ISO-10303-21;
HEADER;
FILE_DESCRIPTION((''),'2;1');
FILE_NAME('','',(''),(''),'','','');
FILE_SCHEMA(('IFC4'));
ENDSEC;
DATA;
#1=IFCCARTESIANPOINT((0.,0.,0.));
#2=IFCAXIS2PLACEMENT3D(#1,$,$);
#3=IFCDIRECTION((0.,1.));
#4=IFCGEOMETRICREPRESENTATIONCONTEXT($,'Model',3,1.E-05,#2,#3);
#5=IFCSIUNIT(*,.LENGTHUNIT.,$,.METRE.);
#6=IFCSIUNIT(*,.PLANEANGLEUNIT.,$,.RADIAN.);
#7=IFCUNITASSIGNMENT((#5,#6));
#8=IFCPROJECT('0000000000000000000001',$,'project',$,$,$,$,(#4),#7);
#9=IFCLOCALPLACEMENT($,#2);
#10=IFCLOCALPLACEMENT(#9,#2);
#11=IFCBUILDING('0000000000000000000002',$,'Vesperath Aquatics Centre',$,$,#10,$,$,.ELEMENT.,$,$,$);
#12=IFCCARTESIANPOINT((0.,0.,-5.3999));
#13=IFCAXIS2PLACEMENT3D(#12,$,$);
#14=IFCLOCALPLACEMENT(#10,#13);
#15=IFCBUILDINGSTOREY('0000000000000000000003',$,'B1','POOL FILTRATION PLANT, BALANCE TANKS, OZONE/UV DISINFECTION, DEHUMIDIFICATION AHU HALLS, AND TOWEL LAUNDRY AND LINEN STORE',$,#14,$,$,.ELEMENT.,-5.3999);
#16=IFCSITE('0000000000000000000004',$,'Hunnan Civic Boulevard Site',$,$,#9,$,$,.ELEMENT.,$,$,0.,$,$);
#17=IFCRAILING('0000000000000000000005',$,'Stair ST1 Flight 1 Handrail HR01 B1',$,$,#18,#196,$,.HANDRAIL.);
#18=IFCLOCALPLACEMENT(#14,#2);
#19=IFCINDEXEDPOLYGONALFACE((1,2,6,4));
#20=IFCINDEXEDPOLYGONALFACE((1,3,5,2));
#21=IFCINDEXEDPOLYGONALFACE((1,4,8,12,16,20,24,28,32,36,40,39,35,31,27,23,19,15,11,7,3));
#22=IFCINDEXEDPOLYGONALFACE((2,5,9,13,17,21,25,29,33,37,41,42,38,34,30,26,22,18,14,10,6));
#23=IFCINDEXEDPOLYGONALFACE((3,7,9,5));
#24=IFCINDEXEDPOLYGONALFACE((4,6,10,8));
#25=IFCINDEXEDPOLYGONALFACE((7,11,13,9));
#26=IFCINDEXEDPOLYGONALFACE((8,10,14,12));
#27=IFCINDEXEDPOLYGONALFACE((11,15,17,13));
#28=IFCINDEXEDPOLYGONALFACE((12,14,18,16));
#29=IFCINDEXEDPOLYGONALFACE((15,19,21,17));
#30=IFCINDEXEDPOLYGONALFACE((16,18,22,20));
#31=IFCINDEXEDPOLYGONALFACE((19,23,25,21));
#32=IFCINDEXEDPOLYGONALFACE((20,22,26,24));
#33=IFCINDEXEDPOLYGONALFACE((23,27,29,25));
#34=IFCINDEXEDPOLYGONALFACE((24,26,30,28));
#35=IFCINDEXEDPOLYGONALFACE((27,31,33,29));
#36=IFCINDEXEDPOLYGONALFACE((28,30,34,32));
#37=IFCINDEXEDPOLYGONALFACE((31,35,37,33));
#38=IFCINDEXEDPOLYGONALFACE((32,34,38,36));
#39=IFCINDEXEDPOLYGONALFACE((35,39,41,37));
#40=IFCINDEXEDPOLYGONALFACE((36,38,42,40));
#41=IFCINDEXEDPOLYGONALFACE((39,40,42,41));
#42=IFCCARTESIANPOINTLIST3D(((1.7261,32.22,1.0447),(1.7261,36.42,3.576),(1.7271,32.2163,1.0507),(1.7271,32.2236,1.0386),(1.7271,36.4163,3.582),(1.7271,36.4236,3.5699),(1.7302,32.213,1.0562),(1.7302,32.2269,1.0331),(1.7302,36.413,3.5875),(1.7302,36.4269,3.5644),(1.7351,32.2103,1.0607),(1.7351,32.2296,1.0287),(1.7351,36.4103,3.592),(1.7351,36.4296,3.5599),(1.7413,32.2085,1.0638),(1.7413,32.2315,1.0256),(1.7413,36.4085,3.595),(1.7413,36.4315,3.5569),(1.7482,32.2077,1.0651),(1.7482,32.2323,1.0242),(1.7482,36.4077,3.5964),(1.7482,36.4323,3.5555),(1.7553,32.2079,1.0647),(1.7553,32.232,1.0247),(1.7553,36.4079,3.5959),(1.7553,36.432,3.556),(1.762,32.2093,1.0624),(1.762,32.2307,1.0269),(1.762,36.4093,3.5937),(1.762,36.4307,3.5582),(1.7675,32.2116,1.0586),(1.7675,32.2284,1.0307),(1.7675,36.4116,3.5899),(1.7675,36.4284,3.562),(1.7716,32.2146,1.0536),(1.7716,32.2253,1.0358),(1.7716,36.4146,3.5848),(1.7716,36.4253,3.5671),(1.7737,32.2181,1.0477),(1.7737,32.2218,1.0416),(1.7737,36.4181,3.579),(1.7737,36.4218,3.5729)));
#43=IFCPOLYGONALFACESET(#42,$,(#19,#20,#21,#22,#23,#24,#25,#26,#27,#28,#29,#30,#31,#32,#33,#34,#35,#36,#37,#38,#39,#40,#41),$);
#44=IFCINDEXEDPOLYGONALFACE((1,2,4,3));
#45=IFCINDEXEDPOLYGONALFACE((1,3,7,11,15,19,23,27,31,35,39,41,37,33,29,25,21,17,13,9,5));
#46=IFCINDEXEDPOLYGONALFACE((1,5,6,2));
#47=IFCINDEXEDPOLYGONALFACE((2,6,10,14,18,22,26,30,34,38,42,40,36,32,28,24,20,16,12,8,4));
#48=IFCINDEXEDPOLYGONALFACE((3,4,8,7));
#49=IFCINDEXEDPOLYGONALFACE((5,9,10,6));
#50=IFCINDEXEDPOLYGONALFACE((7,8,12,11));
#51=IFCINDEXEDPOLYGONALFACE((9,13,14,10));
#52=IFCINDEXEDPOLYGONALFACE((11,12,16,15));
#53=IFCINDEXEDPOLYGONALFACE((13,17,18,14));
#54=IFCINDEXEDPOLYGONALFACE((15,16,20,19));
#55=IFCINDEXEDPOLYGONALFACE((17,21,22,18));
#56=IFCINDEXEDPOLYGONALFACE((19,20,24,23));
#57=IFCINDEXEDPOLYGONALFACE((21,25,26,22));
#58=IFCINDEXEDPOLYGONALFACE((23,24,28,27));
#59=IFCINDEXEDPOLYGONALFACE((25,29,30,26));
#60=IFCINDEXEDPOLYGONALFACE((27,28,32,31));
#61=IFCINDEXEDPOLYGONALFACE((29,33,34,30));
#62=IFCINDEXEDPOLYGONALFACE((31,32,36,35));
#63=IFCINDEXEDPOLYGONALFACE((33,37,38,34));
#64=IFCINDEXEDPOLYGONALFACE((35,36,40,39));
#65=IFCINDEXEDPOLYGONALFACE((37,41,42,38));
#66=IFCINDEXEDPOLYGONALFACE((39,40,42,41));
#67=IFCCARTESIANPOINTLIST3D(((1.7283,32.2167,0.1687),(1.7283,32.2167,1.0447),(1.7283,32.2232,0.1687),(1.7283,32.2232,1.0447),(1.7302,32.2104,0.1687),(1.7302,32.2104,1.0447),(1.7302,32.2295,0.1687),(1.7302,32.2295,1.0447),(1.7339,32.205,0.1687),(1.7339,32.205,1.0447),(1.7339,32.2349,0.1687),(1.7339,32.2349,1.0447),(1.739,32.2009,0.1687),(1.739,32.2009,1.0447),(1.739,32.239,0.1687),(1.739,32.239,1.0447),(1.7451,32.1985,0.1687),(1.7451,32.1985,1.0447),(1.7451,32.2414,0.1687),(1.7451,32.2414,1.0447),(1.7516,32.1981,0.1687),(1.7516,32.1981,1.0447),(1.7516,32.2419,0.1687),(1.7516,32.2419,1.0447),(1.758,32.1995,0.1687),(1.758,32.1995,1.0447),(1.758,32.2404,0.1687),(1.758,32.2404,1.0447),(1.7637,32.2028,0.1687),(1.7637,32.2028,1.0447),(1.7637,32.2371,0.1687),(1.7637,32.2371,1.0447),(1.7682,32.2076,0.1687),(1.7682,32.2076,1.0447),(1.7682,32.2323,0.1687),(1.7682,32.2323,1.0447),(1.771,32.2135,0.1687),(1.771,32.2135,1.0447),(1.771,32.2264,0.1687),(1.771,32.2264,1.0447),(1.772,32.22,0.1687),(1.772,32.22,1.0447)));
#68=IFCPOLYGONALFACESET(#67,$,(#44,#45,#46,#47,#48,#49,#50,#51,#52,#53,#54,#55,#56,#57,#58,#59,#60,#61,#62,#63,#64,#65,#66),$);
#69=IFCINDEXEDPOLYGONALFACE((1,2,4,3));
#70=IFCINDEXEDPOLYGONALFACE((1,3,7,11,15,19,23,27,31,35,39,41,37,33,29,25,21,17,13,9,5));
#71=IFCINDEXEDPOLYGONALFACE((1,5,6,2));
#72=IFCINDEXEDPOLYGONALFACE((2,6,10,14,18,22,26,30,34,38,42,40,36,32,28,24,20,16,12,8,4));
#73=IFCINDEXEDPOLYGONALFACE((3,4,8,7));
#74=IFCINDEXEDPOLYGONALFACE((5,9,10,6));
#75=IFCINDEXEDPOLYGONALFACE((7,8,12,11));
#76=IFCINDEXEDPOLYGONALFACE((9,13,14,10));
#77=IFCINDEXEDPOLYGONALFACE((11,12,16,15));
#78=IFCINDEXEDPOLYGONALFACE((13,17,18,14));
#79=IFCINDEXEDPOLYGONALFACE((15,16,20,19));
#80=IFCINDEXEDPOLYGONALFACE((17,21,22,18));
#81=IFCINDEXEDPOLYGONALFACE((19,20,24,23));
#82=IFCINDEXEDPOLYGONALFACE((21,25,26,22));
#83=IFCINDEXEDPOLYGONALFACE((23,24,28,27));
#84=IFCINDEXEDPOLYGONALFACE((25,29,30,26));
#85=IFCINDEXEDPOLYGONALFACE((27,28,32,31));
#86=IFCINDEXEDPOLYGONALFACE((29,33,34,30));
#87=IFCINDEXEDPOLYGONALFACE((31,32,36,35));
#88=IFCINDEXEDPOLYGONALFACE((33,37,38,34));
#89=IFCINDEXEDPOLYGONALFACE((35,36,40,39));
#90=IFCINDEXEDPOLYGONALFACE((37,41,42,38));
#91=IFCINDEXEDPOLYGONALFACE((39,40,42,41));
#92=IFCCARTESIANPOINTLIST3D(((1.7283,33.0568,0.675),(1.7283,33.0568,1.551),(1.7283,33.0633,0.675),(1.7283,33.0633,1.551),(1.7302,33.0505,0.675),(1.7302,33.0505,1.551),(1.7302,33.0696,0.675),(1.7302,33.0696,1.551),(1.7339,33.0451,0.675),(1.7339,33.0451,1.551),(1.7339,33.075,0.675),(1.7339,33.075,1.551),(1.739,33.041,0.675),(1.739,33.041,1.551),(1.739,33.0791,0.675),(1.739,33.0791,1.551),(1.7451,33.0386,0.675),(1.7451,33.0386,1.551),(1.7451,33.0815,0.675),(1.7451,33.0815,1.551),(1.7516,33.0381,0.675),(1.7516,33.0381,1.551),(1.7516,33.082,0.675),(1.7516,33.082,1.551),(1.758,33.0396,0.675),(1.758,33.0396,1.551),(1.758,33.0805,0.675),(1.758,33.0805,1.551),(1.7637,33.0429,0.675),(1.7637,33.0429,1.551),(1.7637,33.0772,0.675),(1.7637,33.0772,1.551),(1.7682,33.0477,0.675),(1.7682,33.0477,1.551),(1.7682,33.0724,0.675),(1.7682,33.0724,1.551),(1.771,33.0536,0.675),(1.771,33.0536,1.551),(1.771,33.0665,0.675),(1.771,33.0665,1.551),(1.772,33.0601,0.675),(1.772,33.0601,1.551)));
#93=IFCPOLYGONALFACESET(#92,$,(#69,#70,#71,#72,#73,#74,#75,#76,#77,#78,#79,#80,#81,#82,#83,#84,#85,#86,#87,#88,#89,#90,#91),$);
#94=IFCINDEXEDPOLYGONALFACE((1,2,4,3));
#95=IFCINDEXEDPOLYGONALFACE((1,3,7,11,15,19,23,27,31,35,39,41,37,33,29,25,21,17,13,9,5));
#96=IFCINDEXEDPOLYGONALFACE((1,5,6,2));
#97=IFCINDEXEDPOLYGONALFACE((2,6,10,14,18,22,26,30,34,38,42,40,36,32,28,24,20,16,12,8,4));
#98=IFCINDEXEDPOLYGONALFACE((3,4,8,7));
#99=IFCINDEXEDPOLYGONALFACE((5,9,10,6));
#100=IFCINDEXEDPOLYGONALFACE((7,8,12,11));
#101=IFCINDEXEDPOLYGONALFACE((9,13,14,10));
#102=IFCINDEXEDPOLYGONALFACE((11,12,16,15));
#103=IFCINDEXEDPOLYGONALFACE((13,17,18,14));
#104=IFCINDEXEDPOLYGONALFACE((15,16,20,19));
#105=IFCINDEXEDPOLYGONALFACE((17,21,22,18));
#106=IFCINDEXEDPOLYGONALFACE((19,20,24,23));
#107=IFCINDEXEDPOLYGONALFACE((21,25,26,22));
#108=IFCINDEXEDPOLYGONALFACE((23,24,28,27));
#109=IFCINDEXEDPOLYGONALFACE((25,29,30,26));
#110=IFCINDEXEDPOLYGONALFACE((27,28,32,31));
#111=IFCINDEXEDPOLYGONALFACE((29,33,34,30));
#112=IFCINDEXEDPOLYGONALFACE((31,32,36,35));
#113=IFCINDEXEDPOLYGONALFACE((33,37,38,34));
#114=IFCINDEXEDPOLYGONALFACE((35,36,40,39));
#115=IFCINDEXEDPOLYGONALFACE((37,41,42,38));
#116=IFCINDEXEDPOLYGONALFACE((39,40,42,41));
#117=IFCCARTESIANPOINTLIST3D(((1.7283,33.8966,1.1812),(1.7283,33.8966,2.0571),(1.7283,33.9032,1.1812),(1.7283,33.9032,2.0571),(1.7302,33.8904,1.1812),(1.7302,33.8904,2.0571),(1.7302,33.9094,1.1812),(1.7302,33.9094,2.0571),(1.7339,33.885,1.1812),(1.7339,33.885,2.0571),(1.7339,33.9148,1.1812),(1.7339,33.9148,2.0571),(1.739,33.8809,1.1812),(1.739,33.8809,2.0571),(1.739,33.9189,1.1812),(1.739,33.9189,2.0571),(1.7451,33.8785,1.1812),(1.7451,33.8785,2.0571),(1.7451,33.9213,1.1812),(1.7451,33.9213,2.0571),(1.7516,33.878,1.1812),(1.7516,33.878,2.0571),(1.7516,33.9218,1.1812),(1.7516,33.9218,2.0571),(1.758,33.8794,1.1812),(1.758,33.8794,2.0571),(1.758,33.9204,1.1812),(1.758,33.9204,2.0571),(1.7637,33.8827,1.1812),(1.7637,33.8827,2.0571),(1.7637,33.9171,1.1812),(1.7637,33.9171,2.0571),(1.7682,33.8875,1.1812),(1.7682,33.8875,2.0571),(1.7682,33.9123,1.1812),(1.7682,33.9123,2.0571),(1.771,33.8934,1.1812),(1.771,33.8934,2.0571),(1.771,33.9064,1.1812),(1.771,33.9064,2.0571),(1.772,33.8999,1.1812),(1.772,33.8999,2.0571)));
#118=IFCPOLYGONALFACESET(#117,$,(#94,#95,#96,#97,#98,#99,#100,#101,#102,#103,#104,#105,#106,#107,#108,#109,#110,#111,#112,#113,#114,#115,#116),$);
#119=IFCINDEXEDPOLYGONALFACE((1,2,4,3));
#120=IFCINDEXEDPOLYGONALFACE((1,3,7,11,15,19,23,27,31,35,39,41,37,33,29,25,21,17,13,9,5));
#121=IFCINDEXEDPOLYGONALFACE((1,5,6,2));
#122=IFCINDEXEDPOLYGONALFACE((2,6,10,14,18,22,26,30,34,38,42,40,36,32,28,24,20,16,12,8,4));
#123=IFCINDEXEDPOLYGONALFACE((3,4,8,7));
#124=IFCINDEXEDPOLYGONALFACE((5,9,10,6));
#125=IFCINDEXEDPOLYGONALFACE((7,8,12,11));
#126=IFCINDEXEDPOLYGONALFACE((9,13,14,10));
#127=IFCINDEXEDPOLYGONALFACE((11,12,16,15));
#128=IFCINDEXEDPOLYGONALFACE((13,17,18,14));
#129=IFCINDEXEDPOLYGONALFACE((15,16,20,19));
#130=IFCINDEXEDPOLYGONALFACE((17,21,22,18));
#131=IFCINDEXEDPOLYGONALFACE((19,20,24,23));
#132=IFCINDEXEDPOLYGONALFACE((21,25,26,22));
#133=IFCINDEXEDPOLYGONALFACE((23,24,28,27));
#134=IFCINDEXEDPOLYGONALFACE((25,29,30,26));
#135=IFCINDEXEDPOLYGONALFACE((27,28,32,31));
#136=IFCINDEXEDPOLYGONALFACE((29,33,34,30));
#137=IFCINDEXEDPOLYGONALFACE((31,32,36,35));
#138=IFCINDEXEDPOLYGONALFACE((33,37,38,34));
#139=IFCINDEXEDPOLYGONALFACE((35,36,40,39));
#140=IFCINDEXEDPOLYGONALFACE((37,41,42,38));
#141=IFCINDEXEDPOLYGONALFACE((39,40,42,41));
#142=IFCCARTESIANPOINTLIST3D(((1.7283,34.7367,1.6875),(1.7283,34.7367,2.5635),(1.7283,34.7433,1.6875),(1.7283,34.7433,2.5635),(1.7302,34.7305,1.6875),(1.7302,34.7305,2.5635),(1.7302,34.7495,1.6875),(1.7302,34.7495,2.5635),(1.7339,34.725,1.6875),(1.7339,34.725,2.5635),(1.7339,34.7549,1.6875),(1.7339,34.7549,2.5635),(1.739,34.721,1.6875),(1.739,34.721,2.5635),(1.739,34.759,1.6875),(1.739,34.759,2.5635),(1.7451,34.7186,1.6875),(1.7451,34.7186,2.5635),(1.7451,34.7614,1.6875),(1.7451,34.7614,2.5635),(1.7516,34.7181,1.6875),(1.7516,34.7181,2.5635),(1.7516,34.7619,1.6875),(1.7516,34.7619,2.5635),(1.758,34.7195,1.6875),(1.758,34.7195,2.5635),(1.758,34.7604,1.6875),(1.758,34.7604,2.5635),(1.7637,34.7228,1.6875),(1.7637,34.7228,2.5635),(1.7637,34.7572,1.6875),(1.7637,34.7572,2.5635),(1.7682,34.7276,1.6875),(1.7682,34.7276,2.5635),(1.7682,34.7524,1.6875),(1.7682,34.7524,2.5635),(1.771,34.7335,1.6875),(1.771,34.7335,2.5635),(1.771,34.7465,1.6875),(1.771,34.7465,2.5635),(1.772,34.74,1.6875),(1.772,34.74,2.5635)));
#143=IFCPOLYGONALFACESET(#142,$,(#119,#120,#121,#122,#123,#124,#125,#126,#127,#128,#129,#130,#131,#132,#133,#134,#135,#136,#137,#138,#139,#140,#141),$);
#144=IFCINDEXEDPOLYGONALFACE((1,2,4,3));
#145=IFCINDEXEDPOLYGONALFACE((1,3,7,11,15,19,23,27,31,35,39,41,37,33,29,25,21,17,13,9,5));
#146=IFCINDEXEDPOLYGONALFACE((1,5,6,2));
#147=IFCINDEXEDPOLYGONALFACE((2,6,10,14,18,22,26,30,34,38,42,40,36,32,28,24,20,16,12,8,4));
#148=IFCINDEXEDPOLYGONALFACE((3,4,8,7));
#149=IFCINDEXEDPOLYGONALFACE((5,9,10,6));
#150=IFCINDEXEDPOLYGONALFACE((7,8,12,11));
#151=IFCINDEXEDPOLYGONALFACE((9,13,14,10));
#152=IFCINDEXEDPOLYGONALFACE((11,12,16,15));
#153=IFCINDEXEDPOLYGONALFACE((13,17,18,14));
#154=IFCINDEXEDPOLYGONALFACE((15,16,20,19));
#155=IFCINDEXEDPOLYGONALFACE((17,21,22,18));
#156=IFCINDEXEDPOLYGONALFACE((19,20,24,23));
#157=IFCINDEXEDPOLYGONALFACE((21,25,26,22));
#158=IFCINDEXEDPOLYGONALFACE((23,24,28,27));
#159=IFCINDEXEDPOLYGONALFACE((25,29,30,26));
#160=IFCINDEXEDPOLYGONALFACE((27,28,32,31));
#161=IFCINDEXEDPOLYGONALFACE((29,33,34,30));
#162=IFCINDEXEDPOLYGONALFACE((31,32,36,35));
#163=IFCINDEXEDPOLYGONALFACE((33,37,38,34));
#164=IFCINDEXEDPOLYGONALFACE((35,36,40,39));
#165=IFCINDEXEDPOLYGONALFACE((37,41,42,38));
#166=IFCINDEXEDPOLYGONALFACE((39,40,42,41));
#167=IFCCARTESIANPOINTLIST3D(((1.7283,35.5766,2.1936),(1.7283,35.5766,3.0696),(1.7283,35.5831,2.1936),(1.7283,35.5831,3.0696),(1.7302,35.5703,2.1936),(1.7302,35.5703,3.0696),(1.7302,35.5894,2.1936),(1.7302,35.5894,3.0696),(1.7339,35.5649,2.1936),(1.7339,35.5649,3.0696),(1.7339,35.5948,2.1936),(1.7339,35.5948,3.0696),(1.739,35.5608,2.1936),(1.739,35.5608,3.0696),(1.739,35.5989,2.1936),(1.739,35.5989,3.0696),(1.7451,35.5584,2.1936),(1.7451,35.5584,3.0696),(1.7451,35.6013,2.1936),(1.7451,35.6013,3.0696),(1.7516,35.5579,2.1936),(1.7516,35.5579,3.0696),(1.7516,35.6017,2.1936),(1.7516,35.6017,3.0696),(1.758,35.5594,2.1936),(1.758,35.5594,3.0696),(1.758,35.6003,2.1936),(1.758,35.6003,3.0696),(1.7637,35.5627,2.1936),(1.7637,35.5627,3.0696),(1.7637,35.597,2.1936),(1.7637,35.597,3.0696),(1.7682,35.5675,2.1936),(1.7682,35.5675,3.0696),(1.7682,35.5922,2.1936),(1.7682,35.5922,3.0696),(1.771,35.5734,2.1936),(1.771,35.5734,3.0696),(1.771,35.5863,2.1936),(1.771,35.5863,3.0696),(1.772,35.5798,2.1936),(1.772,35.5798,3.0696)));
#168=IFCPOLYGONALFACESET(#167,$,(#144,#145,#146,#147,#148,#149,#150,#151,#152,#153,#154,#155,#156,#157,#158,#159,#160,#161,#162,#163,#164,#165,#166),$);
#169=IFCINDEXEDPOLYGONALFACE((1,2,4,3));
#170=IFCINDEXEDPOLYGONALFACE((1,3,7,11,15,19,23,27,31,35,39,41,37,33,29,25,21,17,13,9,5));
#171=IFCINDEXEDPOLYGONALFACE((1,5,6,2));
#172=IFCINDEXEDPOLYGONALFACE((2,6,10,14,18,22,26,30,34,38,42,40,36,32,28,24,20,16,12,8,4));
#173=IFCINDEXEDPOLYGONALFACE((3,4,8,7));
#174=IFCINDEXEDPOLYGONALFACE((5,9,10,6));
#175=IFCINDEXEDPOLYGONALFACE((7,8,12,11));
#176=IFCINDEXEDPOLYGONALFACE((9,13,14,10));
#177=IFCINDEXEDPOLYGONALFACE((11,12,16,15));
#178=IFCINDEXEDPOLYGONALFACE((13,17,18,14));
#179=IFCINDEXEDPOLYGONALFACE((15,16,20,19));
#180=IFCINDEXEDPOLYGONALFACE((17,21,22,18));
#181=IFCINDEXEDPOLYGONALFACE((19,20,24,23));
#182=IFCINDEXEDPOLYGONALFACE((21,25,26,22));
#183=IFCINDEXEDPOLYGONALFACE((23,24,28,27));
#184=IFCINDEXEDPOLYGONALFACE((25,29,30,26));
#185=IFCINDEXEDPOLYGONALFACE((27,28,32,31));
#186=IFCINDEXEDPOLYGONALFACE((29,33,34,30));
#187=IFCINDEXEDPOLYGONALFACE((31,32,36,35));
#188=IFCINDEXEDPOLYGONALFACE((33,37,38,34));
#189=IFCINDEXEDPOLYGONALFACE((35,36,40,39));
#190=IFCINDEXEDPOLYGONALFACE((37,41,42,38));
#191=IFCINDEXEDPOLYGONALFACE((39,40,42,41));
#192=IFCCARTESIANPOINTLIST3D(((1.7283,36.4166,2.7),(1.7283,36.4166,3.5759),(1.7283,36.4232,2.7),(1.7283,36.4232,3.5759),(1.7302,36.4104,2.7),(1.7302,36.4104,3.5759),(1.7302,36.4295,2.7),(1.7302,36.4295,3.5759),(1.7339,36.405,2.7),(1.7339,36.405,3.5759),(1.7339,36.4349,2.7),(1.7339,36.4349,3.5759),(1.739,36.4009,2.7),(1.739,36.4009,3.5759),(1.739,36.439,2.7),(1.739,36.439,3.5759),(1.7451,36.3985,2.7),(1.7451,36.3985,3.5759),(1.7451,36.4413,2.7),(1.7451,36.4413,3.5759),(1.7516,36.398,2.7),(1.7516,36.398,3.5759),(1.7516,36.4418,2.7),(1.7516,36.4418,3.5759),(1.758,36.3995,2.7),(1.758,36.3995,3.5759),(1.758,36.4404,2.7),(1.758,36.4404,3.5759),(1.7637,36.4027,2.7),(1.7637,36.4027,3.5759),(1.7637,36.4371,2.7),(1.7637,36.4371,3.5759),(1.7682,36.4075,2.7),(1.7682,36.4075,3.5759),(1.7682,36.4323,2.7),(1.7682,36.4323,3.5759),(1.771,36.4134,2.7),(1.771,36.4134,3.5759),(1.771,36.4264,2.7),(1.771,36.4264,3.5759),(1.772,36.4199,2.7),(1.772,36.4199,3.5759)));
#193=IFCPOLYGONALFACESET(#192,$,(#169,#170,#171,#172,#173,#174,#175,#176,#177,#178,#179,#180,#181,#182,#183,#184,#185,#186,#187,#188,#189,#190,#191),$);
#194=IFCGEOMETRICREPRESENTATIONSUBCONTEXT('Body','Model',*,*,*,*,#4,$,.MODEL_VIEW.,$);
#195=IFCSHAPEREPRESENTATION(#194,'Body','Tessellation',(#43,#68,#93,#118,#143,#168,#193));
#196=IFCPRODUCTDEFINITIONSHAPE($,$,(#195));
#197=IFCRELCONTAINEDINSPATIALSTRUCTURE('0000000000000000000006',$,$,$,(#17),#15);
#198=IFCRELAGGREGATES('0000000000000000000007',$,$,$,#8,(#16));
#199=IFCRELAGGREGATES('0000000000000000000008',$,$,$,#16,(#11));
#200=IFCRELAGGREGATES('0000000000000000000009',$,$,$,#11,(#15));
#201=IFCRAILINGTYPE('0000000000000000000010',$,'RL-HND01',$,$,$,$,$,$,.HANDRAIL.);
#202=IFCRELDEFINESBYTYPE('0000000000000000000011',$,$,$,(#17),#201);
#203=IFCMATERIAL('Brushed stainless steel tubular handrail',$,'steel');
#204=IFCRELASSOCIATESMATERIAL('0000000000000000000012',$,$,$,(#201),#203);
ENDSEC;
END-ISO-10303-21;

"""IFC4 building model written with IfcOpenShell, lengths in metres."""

from ifc_helpers import new_model, si_unit, direction, frame, origin, origin_2d, place, context, subcontext, project, spatial, circle, extrude, material, type_object, element, save


model = new_model("IFC4")

# Units and contexts
model_context = context("Model", 3, precision=1e-05, world=origin(), true_north=direction((0.0, 1.0)))
body_context = subcontext(model_context, "Body", "Model", "MODEL_VIEW")
ifc_project = project(units=[si_unit("LENGTHUNIT", "METRE"), si_unit("PLANEANGLEUNIT", "RADIAN")], contexts=[model_context])

# Site, building, storey
site_placement = place(None, origin())
site = spatial("IfcSite", under=ifc_project, at=site_placement, Name="Hunnan Civic Boulevard Site", CompositionType="ELEMENT", RefElevation=0.0)
building_placement = place(site_placement, origin())
building = spatial("IfcBuilding", under=site, at=building_placement, Name="Vesperath Aquatics Centre", CompositionType="ELEMENT")
storey_placement = place(building_placement, frame((0.0, 0.0, -5.3999)))
storey = spatial("IfcBuildingStorey", under=building, at=storey_placement, Name="B1", Description="POOL FILTRATION PLANT, BALANCE TANKS, OZONE/UV DISINFECTION, DEHUMIDIFICATION AHU HALLS, AND TOWEL LAUNDRY AND LINEN STORE", CompositionType="ELEMENT", Elevation=-5.3999)

# Railing
ifc_material_1 = material(Name="Brushed stainless steel tubular handrail", Category="steel")
railing_type_1 = type_object("IfcRailingType", Name="RL-HND01", PredefinedType="HANDRAIL", material=ifc_material_1)
railing_1_placement = place(storey_placement, frame((1.75, 32.22, 0.1687)))
element("IfcRailing", 1, at=railing_1_placement, inside=storey, type_object=railing_type_1, Name="Stair ST1 Flight 1 Handrail HR01 B1", PredefinedType="HANDRAIL", context=body_context, shape_type="SweptSolid", body=[
    extrude(circle(Radius=0.0239, at=origin_2d()), frame((0.0, 0.0, 0.876), z_axis=(0.0, 0.856476, 0.516186), x_axis=(-1.0, 0.0, 0.0)), (0.0, 0.0, 1.0), 4.9038),
    extrude(circle(Radius=0.022, at=origin_2d()), origin(), (0.0, 0.0, 1.0), 0.876),
    extrude(circle(Radius=0.022, at=origin_2d()), frame((0.0, 0.8401, 0.5063)), (0.0, 0.0, 1.0), 0.876),
    extrude(circle(Radius=0.022, at=origin_2d()), frame((0.0, 1.6799, 1.0125)), (0.0, 0.0, 1.0), 0.876),
    extrude(circle(Radius=0.022, at=origin_2d()), frame((0.0, 2.52, 1.5188)), (0.0, 0.0, 1.0), 0.876),
    extrude(circle(Radius=0.022, at=origin_2d()), frame((0.0, 3.3599, 2.0249)), (0.0, 0.0, 1.0), 0.876),
    extrude(circle(Radius=0.022, at=origin_2d()), frame((0.0, 4.2, 2.5312)), (0.0, 0.0, 1.0), 0.876),
])

save(model, "model.ifc")
